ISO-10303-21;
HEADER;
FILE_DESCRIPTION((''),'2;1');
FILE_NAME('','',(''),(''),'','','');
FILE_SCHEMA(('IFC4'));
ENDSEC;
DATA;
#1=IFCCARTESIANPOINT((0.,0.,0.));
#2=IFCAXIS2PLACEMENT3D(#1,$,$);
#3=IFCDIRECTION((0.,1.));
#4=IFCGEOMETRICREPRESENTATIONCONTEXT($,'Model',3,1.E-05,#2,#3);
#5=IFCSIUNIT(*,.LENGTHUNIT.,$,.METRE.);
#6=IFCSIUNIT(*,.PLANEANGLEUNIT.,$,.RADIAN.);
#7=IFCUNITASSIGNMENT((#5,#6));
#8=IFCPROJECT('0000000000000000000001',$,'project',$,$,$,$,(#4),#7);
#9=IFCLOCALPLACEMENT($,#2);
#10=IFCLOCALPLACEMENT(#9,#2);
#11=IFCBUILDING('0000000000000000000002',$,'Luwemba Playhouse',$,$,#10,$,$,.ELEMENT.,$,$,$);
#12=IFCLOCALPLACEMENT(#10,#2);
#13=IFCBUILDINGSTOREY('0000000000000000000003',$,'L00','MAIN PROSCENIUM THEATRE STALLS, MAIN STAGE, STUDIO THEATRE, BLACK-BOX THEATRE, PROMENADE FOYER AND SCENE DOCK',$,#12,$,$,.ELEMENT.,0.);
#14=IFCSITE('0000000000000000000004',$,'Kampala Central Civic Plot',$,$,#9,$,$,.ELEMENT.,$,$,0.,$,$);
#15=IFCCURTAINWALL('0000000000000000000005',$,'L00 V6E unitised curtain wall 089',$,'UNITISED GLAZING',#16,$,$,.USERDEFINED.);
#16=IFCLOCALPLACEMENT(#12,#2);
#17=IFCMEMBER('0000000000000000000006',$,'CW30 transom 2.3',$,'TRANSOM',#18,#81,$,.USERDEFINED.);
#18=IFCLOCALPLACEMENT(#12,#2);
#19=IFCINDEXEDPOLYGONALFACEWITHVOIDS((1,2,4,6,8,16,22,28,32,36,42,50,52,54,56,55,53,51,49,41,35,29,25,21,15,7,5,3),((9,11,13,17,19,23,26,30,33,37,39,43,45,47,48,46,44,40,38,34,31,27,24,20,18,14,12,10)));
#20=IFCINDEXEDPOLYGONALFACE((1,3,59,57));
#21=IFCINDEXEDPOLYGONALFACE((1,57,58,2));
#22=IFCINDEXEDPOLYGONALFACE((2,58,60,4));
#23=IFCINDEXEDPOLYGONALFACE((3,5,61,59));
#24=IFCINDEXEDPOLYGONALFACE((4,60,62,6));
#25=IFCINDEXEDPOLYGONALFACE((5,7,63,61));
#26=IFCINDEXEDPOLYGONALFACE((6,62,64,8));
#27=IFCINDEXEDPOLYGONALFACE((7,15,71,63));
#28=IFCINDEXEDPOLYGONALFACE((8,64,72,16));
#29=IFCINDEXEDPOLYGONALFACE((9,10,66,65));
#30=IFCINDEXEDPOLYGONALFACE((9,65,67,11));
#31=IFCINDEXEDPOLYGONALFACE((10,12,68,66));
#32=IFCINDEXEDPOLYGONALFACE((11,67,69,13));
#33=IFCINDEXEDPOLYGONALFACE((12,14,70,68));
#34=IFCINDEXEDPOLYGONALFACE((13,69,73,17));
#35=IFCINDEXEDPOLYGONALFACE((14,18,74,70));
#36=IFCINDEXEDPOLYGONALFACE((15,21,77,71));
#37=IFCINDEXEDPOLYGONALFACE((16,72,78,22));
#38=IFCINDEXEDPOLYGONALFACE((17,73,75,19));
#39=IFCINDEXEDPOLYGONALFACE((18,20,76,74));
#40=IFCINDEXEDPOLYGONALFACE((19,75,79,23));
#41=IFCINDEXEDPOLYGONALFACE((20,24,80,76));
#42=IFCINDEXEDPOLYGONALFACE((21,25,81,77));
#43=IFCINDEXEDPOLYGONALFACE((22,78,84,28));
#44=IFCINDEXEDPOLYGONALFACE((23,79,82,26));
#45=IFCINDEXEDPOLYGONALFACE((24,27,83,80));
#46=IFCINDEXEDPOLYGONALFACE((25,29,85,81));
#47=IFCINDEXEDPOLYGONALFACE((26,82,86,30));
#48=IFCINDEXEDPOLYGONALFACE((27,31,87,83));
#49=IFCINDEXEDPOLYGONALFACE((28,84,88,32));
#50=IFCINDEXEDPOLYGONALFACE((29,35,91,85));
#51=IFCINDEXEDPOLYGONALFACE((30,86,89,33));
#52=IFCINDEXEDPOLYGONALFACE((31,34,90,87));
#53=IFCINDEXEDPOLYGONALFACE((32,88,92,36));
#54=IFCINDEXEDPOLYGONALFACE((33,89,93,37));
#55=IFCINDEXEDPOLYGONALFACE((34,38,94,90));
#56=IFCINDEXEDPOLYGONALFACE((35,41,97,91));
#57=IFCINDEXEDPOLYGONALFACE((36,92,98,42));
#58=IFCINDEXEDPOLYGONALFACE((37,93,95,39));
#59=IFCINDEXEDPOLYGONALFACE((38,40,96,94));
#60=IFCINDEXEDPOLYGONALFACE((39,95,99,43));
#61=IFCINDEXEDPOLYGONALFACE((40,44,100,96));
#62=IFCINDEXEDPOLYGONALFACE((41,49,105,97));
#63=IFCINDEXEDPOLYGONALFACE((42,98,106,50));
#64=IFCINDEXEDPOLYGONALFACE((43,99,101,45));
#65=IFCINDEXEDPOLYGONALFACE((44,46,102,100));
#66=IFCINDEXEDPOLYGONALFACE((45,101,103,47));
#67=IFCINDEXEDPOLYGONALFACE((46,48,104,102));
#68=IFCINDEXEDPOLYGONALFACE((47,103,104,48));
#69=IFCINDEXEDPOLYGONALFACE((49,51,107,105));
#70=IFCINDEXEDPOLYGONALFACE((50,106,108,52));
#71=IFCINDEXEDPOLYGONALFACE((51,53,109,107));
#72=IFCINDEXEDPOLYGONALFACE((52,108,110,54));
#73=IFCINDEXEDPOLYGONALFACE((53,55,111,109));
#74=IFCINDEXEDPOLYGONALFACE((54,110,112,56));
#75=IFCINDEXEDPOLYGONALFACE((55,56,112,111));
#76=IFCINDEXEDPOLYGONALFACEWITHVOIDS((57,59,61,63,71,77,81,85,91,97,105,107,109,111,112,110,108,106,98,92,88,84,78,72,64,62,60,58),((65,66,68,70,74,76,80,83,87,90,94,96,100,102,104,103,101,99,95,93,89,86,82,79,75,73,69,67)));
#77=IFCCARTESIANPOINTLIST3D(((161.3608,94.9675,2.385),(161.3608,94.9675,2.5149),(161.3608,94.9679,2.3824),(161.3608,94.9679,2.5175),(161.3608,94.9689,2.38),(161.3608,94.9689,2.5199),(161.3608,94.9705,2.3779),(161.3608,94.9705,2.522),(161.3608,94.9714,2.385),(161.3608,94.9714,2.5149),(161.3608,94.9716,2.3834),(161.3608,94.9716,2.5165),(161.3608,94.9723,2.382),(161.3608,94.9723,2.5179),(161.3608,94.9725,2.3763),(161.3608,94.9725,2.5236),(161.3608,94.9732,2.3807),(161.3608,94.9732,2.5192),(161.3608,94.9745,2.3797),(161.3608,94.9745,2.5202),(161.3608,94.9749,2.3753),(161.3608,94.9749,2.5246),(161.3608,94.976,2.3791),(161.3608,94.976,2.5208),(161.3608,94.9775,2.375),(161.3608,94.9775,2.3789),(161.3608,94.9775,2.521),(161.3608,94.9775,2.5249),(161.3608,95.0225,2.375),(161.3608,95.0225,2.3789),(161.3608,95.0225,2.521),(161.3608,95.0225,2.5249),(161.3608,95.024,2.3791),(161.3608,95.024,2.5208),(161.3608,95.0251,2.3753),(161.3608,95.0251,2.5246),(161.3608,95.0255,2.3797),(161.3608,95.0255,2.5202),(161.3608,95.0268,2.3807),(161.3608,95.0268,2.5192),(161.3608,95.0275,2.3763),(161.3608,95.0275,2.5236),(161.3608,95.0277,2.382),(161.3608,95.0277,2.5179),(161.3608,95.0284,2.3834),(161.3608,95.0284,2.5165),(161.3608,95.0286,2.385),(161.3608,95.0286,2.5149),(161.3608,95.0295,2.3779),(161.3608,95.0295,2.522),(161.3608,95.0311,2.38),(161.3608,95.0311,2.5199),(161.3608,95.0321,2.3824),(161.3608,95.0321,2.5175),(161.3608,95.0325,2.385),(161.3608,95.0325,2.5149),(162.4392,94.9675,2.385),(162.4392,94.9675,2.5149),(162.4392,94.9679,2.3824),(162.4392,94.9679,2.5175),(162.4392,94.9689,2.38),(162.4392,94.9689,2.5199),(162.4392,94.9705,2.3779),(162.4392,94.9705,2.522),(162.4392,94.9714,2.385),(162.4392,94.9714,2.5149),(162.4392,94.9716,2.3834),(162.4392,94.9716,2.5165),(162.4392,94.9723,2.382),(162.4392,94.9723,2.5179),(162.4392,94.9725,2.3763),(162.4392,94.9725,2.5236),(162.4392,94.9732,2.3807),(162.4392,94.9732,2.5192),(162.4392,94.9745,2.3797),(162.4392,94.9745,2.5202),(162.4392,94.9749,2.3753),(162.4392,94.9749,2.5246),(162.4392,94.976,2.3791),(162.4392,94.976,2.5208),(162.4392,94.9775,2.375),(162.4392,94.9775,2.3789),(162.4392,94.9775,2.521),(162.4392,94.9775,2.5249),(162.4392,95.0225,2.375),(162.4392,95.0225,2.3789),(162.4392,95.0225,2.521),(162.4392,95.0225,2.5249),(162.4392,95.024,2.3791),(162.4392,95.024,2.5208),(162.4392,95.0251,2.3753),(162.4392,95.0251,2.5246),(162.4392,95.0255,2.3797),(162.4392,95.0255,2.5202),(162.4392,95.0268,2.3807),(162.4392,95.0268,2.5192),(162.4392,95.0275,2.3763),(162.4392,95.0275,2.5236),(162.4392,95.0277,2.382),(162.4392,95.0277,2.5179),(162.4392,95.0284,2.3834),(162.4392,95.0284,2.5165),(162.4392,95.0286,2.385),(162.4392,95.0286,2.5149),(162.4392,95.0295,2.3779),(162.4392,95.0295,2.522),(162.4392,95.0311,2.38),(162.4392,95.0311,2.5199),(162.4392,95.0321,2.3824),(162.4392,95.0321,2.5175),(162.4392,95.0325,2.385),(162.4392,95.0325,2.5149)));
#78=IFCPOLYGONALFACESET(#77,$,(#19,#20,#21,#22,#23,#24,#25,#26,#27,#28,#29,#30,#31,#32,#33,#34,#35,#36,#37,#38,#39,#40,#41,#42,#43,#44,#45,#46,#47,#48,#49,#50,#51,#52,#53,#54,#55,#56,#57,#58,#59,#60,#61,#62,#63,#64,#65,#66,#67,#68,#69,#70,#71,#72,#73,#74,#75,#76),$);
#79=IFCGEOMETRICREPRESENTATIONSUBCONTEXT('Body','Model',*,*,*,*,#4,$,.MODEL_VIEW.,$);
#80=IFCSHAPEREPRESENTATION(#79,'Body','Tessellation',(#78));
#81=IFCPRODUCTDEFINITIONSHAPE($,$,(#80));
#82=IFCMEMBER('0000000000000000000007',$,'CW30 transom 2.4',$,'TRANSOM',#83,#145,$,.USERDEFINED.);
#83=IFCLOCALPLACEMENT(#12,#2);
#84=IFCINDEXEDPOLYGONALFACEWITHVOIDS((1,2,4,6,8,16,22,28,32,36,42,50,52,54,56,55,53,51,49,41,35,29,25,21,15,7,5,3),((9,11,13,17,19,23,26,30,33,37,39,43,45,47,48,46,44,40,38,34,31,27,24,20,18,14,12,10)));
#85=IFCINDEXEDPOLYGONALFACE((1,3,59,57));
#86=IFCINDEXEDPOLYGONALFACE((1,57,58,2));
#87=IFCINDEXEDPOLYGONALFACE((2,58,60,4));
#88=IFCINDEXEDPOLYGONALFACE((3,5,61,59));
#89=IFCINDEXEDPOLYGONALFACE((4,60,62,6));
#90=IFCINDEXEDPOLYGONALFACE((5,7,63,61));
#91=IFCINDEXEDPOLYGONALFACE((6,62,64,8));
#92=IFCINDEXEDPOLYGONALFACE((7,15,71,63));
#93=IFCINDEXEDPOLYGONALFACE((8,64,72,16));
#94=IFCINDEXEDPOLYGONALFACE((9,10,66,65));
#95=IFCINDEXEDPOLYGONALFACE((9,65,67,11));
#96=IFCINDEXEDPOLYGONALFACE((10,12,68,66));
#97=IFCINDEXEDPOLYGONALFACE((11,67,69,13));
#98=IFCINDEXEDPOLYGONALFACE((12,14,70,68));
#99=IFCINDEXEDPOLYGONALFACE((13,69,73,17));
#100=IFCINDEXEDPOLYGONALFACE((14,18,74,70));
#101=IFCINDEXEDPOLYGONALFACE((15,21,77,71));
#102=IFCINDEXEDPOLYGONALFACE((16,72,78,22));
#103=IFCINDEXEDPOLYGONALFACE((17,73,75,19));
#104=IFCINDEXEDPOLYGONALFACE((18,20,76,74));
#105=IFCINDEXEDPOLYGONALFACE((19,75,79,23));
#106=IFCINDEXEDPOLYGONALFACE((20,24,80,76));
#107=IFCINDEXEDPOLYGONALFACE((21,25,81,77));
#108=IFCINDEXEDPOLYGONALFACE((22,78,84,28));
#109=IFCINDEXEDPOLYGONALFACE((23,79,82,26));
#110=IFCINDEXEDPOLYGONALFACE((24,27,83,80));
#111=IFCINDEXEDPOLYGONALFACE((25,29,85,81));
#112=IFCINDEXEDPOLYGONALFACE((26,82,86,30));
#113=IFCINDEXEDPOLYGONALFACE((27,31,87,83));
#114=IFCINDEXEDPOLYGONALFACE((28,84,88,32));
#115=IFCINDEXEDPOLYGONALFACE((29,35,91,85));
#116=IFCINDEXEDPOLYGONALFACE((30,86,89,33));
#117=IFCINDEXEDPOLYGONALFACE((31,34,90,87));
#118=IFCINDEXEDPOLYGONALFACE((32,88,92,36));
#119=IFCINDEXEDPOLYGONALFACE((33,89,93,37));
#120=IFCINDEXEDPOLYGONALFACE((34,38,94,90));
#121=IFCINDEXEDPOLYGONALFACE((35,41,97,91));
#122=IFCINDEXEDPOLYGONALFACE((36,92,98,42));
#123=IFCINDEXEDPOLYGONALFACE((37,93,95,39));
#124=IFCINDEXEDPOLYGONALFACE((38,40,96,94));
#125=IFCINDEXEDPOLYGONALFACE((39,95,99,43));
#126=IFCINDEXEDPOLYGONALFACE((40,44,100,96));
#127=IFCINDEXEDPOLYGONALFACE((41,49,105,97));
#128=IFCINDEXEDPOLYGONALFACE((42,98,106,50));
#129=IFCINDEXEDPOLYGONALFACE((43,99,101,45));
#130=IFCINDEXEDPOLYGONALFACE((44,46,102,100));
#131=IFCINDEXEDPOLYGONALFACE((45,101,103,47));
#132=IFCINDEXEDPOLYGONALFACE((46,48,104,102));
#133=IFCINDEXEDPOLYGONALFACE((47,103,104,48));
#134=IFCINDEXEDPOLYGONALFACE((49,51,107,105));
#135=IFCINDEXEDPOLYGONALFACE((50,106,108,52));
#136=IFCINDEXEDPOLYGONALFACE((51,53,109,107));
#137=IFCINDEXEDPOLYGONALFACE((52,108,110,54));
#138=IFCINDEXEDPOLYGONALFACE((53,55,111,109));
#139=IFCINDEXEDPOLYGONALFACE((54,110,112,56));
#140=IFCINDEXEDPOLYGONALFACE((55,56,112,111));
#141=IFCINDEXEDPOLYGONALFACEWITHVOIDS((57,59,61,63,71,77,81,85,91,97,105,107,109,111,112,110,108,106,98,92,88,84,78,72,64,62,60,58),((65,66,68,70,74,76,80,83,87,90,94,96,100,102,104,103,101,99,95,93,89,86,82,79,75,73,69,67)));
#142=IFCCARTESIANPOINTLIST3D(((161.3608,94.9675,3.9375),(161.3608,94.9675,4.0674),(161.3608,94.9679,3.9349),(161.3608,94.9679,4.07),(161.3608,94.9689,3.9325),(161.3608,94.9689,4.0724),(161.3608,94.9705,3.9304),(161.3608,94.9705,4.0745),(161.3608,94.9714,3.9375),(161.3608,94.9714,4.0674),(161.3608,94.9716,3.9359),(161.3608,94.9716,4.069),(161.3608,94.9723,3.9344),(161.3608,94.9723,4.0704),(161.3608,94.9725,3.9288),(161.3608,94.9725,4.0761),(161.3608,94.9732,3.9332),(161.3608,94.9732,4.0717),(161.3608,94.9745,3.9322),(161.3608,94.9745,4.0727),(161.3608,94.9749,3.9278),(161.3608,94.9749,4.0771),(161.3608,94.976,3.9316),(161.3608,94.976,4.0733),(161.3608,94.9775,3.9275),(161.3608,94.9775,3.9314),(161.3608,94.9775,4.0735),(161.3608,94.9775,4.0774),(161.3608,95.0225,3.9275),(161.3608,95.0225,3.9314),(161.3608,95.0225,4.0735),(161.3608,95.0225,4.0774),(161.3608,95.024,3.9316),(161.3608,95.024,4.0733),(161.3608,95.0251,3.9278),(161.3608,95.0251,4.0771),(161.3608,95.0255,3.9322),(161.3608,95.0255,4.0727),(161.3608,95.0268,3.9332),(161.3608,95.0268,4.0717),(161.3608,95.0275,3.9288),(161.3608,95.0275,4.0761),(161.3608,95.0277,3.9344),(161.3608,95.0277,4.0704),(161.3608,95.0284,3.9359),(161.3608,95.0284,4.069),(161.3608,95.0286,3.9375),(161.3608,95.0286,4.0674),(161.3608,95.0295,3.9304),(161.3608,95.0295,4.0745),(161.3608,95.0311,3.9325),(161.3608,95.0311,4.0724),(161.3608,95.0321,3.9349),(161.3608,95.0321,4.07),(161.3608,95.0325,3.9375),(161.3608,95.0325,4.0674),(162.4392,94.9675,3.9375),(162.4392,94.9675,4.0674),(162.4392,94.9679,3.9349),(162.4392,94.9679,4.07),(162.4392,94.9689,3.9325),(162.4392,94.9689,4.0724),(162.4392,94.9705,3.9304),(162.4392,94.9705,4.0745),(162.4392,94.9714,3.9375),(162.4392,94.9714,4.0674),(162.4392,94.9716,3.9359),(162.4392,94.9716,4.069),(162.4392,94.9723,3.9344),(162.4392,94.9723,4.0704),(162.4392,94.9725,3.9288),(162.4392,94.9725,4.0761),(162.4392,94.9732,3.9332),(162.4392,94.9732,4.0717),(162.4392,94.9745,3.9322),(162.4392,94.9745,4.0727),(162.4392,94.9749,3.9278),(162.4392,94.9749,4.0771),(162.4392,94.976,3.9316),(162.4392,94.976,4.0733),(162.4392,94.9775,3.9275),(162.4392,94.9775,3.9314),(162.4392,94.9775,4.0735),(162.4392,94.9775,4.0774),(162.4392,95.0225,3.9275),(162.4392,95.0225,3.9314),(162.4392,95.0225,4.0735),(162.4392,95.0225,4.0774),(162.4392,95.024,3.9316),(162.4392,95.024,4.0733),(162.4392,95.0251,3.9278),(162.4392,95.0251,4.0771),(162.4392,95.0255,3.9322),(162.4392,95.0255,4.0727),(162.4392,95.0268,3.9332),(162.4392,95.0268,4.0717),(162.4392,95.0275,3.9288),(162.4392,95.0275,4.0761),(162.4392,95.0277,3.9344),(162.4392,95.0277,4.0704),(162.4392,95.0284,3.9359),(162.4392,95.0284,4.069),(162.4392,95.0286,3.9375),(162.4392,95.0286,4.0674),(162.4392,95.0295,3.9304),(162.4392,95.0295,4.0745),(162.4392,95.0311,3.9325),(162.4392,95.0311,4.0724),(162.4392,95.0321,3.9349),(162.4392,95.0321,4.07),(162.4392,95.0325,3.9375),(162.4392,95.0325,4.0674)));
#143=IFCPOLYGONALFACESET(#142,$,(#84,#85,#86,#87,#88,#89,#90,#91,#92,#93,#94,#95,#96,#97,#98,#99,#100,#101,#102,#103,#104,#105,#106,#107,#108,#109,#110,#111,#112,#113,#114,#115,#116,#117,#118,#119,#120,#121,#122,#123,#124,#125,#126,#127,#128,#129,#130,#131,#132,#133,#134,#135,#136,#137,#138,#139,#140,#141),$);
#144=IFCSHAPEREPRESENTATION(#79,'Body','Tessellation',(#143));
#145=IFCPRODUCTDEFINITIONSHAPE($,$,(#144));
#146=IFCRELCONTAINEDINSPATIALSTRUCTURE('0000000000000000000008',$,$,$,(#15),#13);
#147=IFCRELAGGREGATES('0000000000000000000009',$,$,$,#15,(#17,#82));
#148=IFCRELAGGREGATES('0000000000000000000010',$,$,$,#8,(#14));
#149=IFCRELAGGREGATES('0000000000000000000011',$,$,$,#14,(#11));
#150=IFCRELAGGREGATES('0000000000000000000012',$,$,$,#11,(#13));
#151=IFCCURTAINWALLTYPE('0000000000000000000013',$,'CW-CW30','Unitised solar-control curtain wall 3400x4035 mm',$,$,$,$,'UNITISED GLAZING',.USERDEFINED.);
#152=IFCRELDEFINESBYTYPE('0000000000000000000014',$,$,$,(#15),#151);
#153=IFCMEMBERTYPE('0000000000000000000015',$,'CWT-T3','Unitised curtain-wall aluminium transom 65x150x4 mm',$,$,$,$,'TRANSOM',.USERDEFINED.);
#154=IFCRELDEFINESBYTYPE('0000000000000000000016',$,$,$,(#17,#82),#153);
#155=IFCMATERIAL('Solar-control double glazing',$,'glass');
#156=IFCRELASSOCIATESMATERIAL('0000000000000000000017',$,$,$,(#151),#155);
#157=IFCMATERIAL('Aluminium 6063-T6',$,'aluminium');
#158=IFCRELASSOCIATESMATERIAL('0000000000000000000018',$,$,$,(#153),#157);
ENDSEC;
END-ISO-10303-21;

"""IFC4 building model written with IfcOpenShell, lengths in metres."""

from ifc_helpers import new_model, si_unit, direction, frame, origin, origin_2d, place, context, subcontext, project, spatial, hollow_rectangle, extrude, material, material_profile, profile_set, type_object, element, aggregate, save


model = new_model("IFC4")

# Units and contexts
model_context = context("Model", 3, precision=1e-05, world=origin(), true_north=direction((0.0, 1.0)))
body_context = subcontext(model_context, "Body", "Model", "MODEL_VIEW")
ifc_project = project(units=[si_unit("LENGTHUNIT", "METRE"), si_unit("PLANEANGLEUNIT", "RADIAN")], contexts=[model_context])

# Site, building, storey
site_placement = place(None, origin())
site = spatial("IfcSite", under=ifc_project, at=site_placement, Name="Kampala Central Civic Plot", CompositionType="ELEMENT", RefElevation=0.0)
building_placement = place(site_placement, origin())
building = spatial("IfcBuilding", under=site, at=building_placement, Name="Luwemba Playhouse", CompositionType="ELEMENT")
storey_placement = place(building_placement, origin())
storey = spatial("IfcBuildingStorey", under=building, at=storey_placement, Name="L00", Description="MAIN PROSCENIUM THEATRE STALLS, MAIN STAGE, STUDIO THEATRE, BLACK-BOX THEATRE, PROMENADE FOYER AND SCENE DOCK", CompositionType="ELEMENT", Elevation=0.0)

# Curtain wall, members
ifc_material_1 = material(Name="Solar-control double glazing", Category="glass")
curtain_wall_type = type_object("IfcCurtainWallType", Name="CW-CW30", Description="Unitised solar-control curtain wall 3400x4035 mm", ElementType="UNITISED GLAZING", PredefinedType="USERDEFINED", material=ifc_material_1)
curtain_wall_placement = place(storey_placement, origin())
curtain_wall = element("IfcCurtainWall", 1, at=curtain_wall_placement, inside=storey, type_object=curtain_wall_type, Name="L00 V6E unitised curtain wall 089", ObjectType="UNITISED GLAZING", PredefinedType="USERDEFINED")
ifc_material_2 = material(Name="Aluminium 6063-T6", Category="aluminium")
ifc_material_profile_1 = material_profile(ifc_material_2, hollow_rectangle(XDim=0.0649, YDim=0.1499, WallThickness=0.0039, InnerFilletRadius=0.0061, OuterFilletRadius=0.01, at=origin_2d()))
ifc_profile_set_1 = profile_set([ifc_material_profile_1], Name="Aluminium 6063-T6")
member_type_1 = type_object("IfcMemberType", Name="CWT-T3", Description="Unitised curtain-wall aluminium transom 65x150x4 mm", ElementType="TRANSOM", PredefinedType="USERDEFINED", material=ifc_profile_set_1)
member_1_placement = place(storey_placement, frame((162.4392, 95.0, 2.45), z_axis=(-1.0, 0.0, 0.0), x_axis=(0.0, -1.0, 0.0)))
member_1 = element("IfcMember", 2, at=member_1_placement, type_object=member_type_1, Name="CW30 transom 2.3", ObjectType="TRANSOM", PredefinedType="USERDEFINED", context=body_context, shape_type="SweptSolid", body=[
    extrude(hollow_rectangle(XDim=0.0649, YDim=0.1499, WallThickness=0.0039, InnerFilletRadius=0.0061, OuterFilletRadius=0.01, at=origin_2d()), origin(), (0.0, 0.0, 1.0), 1.0784),
])
member_2_placement = place(storey_placement, frame((162.4392, 95.0, 4.0024), z_axis=(-1.0, 0.0, 0.0), x_axis=(0.0, -1.0, 0.0)))
member_2 = element("IfcMember", 3, at=member_2_placement, type_object=member_type_1, Name="CW30 transom 2.4", ObjectType="TRANSOM", PredefinedType="USERDEFINED", context=body_context, shape_type="SweptSolid", body=[
    extrude(hollow_rectangle(XDim=0.0649, YDim=0.1499, WallThickness=0.0039, InnerFilletRadius=0.0061, OuterFilletRadius=0.01, at=origin_2d()), origin(), (0.0, 0.0, 1.0), 1.0784),
])
aggregate(curtain_wall, [member_1, member_2])

save(model, "model.ifc")
